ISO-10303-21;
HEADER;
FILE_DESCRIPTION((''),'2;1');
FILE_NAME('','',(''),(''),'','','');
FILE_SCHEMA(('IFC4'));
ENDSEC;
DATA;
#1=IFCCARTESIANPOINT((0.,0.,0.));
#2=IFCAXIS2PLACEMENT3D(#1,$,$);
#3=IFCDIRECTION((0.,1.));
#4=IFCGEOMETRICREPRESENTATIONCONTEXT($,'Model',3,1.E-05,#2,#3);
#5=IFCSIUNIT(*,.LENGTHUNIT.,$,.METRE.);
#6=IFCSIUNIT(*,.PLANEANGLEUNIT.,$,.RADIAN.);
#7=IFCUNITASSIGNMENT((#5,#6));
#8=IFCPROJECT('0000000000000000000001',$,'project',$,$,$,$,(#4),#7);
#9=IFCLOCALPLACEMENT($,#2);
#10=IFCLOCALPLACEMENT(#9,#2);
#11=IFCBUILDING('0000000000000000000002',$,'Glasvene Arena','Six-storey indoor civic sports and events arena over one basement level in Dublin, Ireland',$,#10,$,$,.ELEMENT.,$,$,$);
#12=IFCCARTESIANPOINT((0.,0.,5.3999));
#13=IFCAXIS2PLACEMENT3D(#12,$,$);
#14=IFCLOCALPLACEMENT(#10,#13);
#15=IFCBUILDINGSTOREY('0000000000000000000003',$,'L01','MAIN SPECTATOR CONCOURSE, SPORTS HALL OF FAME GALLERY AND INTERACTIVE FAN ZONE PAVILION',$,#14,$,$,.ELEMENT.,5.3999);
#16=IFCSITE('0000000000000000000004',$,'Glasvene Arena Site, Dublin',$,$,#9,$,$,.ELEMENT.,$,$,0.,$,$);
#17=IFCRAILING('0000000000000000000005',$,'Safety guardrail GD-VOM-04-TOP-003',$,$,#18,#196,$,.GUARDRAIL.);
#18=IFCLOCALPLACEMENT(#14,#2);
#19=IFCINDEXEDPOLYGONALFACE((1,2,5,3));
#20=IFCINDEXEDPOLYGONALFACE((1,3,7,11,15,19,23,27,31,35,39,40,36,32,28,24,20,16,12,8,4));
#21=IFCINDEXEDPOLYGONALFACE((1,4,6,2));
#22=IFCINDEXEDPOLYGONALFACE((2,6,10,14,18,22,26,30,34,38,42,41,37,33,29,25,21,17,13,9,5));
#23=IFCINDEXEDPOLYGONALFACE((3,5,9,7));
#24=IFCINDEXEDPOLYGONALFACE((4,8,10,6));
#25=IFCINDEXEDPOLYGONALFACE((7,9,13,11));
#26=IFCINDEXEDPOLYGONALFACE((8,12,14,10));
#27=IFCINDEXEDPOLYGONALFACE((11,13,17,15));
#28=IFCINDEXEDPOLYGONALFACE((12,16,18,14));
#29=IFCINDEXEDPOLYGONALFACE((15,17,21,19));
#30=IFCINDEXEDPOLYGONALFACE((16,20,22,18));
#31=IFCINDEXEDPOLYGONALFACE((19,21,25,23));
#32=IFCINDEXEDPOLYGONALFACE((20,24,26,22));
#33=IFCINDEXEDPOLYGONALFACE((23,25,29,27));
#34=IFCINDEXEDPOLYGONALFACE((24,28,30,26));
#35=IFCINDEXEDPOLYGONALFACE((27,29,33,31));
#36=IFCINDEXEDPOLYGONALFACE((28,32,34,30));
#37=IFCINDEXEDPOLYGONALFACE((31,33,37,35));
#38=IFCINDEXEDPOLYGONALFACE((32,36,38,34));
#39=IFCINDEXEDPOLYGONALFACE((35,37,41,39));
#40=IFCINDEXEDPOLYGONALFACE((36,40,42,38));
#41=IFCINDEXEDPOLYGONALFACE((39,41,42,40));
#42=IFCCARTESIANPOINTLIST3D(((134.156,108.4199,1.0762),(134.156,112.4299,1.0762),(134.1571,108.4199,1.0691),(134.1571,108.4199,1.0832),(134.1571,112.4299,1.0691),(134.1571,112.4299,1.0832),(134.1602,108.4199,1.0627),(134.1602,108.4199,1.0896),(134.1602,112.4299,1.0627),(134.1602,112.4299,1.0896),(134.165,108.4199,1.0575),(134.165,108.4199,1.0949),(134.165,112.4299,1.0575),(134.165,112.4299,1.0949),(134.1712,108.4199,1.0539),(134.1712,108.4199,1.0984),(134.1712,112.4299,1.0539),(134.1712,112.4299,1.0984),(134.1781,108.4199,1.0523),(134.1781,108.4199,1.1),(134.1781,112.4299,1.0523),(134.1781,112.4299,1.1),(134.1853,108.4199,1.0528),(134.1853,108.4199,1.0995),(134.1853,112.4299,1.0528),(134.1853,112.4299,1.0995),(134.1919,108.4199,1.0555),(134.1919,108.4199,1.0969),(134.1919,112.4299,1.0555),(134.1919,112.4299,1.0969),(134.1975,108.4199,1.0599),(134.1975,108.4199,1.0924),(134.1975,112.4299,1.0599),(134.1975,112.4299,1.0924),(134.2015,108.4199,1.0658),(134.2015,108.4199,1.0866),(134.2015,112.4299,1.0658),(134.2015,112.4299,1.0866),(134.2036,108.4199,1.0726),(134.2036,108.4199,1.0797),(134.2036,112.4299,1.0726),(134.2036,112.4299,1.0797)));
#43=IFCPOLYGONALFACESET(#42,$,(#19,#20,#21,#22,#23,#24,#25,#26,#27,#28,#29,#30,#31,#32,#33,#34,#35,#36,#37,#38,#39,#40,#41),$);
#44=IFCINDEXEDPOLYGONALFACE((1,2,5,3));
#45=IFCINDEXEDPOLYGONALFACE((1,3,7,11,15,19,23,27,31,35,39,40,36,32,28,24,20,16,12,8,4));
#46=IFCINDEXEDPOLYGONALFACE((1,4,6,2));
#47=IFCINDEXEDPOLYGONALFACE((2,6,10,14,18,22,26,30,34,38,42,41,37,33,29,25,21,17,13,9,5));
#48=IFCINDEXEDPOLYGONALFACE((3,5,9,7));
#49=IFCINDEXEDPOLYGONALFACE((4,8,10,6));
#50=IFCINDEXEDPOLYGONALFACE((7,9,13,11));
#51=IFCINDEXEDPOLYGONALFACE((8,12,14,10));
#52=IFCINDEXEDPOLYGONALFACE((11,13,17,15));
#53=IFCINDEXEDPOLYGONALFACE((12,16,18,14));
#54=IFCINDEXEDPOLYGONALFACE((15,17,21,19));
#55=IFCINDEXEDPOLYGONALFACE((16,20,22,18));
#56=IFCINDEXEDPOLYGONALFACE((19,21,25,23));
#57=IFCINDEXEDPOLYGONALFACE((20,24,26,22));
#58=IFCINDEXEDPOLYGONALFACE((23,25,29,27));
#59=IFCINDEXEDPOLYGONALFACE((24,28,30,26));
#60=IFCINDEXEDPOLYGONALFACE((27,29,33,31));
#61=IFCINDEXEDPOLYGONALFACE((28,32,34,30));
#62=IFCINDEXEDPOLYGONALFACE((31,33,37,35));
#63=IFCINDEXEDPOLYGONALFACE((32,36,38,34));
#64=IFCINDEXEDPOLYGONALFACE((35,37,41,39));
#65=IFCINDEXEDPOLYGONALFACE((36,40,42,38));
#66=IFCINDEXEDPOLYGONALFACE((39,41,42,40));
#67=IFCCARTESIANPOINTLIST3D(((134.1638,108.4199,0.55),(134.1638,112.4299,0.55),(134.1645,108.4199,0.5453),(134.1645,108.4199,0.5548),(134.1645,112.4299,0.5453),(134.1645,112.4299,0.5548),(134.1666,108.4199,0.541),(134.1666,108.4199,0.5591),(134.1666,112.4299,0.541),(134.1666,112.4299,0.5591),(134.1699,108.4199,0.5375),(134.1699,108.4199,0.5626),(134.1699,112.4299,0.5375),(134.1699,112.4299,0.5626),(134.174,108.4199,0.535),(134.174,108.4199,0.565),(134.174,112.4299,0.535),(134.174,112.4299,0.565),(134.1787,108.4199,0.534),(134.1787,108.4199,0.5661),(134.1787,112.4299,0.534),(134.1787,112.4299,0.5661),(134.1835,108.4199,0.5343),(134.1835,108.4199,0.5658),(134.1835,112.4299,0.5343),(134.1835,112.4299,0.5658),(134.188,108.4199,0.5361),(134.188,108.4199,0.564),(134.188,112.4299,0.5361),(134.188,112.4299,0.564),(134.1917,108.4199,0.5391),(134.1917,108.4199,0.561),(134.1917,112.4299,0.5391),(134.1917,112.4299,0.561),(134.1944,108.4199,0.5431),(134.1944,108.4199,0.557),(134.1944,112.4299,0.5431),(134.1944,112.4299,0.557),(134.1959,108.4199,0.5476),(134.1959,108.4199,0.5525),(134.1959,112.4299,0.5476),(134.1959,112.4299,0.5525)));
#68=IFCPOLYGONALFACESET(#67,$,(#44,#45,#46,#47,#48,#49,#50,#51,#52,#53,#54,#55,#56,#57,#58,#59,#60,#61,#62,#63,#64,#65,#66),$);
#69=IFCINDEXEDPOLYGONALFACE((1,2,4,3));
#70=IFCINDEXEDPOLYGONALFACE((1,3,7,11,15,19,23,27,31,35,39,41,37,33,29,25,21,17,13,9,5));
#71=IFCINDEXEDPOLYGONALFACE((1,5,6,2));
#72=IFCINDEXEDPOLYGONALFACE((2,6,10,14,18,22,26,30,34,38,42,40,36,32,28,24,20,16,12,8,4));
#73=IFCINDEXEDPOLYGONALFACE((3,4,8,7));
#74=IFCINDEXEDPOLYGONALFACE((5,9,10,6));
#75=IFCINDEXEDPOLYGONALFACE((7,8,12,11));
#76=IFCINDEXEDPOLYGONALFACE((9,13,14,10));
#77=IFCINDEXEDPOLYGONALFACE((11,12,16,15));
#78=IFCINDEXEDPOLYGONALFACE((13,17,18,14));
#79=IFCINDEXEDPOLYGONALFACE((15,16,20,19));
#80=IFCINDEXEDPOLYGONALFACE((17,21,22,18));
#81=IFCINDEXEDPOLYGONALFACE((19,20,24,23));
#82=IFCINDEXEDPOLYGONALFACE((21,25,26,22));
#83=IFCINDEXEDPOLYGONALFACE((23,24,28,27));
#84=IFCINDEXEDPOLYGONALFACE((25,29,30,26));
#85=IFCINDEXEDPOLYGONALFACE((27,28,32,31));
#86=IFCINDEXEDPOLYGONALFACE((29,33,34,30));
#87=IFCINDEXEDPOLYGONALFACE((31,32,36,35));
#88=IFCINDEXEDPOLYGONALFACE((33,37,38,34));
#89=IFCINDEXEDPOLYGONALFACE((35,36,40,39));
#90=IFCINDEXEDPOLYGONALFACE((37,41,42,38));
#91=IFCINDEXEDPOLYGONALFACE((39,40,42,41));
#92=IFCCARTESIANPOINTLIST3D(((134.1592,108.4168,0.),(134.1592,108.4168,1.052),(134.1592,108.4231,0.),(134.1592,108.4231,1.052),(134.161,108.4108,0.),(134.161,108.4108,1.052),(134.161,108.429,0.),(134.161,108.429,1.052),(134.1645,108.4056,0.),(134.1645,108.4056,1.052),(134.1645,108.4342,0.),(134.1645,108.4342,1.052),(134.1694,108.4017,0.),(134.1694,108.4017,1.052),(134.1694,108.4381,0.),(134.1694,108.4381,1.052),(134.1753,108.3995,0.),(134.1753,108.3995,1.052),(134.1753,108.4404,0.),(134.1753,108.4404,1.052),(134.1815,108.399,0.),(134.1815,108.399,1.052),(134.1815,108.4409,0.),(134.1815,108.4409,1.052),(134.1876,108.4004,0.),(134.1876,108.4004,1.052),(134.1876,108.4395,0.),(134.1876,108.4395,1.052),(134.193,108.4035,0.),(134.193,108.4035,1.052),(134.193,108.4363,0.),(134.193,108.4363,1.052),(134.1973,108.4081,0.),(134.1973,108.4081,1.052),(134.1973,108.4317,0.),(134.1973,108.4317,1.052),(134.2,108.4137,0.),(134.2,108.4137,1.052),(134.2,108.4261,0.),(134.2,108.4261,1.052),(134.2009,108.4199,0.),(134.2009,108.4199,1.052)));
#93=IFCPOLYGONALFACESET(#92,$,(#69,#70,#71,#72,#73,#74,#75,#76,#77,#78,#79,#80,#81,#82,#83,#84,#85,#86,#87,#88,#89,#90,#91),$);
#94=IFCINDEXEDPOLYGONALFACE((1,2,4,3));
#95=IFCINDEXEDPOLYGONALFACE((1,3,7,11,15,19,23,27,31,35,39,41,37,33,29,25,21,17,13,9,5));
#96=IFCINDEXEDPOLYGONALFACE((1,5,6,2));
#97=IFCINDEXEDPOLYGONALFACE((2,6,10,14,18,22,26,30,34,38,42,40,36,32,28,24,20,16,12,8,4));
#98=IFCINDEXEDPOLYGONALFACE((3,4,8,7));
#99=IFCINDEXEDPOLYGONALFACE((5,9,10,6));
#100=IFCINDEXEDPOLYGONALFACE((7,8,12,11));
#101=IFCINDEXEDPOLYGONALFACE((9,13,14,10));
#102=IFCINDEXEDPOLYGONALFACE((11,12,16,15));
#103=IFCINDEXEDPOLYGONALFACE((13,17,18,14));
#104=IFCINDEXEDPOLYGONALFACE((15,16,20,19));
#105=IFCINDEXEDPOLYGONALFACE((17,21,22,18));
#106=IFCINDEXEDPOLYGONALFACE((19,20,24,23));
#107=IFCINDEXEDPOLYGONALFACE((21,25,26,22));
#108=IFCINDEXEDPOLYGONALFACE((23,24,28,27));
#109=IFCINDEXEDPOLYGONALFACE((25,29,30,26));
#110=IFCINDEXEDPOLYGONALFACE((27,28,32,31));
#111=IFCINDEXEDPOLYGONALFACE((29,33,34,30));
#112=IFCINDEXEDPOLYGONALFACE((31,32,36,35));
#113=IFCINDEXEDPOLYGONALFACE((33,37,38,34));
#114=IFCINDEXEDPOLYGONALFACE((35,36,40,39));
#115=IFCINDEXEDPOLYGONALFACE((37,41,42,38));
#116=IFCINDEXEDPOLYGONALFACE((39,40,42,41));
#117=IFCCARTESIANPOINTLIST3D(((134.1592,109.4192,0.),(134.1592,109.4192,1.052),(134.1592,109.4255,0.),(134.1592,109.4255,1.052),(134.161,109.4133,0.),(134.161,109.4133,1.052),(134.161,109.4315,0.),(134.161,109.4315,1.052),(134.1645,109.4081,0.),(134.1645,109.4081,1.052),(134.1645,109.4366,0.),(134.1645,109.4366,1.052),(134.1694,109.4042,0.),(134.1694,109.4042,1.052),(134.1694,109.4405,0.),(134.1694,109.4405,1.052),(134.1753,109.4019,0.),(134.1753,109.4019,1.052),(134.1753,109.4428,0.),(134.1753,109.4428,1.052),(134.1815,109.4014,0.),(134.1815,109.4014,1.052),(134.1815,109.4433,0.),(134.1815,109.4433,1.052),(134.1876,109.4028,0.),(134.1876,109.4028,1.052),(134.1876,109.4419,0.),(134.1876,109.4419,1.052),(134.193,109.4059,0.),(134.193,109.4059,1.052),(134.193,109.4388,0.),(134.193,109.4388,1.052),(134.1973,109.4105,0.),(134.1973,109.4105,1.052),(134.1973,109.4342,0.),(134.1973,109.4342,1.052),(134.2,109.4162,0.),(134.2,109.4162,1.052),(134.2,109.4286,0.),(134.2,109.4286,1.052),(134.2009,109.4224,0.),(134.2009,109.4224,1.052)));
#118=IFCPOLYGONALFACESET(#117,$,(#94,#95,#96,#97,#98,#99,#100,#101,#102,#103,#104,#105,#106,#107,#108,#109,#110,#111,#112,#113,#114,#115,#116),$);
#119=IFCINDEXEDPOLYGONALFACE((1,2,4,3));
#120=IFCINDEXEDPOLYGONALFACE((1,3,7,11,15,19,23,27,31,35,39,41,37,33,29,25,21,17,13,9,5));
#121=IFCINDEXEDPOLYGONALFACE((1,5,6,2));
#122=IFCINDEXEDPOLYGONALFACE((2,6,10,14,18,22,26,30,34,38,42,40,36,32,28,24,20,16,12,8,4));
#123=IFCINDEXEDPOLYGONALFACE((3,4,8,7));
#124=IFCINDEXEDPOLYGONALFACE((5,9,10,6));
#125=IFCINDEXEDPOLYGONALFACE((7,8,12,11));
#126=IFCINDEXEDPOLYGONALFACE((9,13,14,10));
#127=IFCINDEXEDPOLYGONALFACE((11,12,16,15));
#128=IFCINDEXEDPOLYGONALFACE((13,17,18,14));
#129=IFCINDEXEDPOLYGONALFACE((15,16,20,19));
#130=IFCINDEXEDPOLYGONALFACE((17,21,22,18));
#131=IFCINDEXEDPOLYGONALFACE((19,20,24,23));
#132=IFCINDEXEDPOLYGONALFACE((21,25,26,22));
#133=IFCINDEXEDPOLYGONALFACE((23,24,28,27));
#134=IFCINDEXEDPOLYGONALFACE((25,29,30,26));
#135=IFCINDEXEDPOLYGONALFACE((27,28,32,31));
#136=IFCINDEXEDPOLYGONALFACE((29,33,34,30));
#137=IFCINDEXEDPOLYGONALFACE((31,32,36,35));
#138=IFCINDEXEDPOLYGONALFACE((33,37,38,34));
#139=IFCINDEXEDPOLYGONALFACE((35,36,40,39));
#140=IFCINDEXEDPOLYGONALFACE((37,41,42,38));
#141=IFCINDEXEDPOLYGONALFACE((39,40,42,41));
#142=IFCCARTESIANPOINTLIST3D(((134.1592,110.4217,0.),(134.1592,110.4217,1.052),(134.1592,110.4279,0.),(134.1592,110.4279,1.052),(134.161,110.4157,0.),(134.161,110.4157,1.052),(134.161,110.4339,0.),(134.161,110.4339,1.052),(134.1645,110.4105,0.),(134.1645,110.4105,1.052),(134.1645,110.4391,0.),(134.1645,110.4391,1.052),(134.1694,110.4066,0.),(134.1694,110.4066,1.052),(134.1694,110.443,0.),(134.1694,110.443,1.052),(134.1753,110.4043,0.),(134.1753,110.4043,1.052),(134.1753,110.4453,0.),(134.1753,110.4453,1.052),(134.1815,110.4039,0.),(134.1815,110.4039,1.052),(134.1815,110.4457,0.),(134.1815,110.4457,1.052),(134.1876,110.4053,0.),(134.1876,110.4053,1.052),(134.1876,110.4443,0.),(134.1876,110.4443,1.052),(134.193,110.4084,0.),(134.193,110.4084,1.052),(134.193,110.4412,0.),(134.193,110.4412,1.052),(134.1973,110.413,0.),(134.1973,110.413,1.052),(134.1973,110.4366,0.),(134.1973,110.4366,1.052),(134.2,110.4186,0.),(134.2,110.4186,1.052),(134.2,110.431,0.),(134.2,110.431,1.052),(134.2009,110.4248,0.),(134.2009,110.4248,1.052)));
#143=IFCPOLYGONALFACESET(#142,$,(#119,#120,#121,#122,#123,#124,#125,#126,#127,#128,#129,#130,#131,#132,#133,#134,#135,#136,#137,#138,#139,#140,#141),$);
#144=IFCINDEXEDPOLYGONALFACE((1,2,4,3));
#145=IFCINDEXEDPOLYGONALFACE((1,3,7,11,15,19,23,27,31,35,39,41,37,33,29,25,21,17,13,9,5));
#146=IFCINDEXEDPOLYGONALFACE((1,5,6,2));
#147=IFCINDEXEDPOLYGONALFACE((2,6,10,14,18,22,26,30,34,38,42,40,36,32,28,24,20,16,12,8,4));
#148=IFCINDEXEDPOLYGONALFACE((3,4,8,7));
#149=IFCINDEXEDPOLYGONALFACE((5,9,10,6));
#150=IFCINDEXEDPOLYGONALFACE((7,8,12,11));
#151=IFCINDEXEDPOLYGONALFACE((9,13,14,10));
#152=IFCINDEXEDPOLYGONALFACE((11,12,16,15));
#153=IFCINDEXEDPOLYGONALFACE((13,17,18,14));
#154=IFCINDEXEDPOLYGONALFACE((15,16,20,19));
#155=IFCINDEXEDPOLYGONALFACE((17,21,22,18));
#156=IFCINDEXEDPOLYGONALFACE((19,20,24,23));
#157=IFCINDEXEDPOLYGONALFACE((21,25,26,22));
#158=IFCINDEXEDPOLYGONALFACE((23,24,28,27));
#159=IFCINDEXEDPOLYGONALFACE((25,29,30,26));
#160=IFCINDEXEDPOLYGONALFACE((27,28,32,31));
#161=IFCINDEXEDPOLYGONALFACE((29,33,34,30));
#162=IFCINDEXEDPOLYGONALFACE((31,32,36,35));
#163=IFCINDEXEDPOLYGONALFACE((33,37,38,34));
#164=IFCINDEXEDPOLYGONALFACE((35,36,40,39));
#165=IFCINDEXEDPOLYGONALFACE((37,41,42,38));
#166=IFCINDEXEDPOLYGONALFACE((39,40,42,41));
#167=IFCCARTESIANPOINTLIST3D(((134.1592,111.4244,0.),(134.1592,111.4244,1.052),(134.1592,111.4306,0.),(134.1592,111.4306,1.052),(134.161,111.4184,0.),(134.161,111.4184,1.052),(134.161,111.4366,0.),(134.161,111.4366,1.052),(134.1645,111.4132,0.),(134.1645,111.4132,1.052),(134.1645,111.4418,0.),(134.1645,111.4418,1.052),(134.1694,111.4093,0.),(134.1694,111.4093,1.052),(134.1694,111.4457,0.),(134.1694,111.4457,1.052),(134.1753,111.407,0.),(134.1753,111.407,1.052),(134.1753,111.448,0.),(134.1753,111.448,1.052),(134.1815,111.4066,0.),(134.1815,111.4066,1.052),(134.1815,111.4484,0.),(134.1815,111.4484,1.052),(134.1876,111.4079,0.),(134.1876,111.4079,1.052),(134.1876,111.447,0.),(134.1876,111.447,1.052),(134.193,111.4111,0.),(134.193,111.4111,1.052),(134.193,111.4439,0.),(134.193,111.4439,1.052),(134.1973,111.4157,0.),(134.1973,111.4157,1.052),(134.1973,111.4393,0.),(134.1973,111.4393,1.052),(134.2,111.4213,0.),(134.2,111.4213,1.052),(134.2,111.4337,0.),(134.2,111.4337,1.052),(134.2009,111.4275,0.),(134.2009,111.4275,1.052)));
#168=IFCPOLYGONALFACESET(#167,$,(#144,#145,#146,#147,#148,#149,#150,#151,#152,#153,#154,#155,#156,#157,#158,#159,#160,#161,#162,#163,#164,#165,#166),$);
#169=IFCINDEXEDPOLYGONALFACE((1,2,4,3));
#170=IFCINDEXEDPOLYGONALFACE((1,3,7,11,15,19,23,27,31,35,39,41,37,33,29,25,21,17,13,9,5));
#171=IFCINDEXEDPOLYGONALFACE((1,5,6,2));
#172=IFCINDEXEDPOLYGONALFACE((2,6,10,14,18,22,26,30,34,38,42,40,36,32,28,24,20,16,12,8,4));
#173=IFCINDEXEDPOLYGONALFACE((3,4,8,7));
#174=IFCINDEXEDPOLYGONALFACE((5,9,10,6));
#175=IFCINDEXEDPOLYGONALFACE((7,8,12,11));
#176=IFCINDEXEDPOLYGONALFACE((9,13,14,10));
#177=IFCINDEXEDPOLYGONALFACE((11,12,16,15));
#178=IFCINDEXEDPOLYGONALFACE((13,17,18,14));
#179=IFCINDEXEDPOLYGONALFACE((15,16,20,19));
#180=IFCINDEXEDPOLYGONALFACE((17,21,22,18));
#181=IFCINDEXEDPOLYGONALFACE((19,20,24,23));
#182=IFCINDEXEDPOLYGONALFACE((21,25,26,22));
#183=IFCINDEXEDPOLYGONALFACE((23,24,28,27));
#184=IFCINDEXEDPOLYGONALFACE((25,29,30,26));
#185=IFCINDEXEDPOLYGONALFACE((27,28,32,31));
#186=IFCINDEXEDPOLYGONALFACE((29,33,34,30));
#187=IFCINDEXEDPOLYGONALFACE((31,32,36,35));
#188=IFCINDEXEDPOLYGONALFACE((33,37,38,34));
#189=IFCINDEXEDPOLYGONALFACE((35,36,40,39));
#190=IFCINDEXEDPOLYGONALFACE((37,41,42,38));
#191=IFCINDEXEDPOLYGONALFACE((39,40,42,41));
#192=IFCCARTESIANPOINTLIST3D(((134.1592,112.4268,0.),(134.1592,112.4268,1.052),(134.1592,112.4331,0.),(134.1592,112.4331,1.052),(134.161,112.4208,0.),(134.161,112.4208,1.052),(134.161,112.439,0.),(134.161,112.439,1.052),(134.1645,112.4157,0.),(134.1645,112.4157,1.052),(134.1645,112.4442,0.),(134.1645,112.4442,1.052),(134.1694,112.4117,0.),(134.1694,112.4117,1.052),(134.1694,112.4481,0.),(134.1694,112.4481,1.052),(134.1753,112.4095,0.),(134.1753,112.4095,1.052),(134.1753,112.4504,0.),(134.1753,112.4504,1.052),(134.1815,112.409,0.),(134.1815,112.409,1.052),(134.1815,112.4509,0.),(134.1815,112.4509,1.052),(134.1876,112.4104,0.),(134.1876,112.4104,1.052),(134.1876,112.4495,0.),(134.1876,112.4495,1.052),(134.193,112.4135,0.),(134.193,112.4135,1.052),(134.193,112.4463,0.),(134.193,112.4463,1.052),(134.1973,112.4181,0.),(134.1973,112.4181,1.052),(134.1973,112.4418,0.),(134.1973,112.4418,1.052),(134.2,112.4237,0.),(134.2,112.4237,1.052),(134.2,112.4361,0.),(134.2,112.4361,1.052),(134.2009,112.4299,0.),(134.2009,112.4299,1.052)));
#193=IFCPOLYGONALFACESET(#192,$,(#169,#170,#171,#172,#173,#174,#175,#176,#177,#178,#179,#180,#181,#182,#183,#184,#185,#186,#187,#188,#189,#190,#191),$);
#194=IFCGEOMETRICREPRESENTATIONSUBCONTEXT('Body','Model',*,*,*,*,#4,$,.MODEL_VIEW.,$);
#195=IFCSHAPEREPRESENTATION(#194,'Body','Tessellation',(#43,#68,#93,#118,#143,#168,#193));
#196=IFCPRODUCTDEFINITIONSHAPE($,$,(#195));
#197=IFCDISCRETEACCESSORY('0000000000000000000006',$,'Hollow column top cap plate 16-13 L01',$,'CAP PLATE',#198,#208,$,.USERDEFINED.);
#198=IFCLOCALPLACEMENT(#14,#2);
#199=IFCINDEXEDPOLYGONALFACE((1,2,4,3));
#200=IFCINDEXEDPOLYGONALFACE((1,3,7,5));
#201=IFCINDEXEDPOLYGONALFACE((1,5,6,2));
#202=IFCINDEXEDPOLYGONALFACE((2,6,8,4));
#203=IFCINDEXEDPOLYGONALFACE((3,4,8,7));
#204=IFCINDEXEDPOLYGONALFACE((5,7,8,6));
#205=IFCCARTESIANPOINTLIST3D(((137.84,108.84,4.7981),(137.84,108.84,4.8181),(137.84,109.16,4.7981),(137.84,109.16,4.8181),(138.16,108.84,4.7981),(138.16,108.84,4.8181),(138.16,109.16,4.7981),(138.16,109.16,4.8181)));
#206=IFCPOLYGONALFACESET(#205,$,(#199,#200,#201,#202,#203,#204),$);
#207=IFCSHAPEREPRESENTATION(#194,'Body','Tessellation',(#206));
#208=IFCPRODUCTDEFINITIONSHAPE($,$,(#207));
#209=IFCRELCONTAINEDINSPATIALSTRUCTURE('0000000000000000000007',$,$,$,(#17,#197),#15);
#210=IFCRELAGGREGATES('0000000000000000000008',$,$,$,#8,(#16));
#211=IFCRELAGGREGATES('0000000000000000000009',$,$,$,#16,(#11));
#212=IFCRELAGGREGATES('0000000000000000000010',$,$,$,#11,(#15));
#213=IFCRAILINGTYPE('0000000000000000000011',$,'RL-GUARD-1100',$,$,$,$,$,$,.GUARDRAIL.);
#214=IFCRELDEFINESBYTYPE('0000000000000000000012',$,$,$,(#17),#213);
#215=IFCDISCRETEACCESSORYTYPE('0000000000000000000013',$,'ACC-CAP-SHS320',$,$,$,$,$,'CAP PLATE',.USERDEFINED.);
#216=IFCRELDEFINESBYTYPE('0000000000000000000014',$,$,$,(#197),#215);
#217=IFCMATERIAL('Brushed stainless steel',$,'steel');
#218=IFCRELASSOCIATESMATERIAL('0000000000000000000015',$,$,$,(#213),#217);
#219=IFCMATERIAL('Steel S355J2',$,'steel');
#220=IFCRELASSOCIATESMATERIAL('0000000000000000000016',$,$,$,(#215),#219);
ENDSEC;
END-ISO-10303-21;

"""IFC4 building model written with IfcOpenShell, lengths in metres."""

from ifc_helpers import new_model, si_unit, direction, frame, origin, origin_2d, place, context, subcontext, project, spatial, rectangle, circle, extrude, material, type_object, element, save


model = new_model("IFC4")

# Units and contexts
model_context = context("Model", 3, precision=1e-05, world=origin(), true_north=direction((0.0, 1.0)))
body_context = subcontext(model_context, "Body", "Model", "MODEL_VIEW")
ifc_project = project(units=[si_unit("LENGTHUNIT", "METRE"), si_unit("PLANEANGLEUNIT", "RADIAN")], contexts=[model_context])

# Site, building, storey
site_placement = place(None, origin())
site = spatial("IfcSite", under=ifc_project, at=site_placement, Name="Glasvene Arena Site, Dublin", CompositionType="ELEMENT", RefElevation=0.0)
building_placement = place(site_placement, origin())
building = spatial("IfcBuilding", under=site, at=building_placement, Name="Glasvene Arena", Description="Six-storey indoor civic sports and events arena over one basement level in Dublin, Ireland", CompositionType="ELEMENT")
storey_placement = place(building_placement, frame((0.0, 0.0, 5.3999)))
storey = spatial("IfcBuildingStorey", under=building, at=storey_placement, Name="L01", Description="MAIN SPECTATOR CONCOURSE, SPORTS HALL OF FAME GALLERY AND INTERACTIVE FAN ZONE PAVILION", CompositionType="ELEMENT", Elevation=5.3999)

# Shared definitions
ifc_material_1 = material(Name="Steel S355J2", Category="steel")

# Railing
ifc_material_2 = material(Name="Brushed stainless steel", Category="steel")
railing_type = type_object("IfcRailingType", Name="RL-GUARD-1100", PredefinedType="GUARDRAIL", material=ifc_material_2)
railing_1_placement = place(storey_placement, frame((134.1799, 108.4199, 0.0)))
element("IfcRailing", 1, at=railing_1_placement, inside=storey, type_object=railing_type, Name="Safety guardrail GD-VOM-04-TOP-003", PredefinedType="GUARDRAIL", context=body_context, shape_type="SweptSolid", body=[
    extrude(circle(Radius=0.0239, at=origin_2d()), frame((0.0, 0.0, 1.0762), z_axis=(0.0, 1.0, 0.0), x_axis=(-1.0, 0.0, 0.0)), (0.0, 0.0, 1.0), 4.01),
    extrude(circle(Radius=0.0161, at=origin_2d()), frame((0.0, 0.0, 0.55), z_axis=(0.0, 1.0, 0.0), x_axis=(-1.0, 0.0, 0.0)), (0.0, 0.0, 1.0), 4.01),
    extrude(circle(Radius=0.021, at=origin_2d()), origin(), (0.0, 0.0, 1.0), 1.052),
    extrude(circle(Radius=0.021, at=origin_2d()), frame((0.0, 1.0024, 0.0)), (0.0, 0.0, 1.0), 1.052),
    extrude(circle(Radius=0.021, at=origin_2d()), frame((0.0, 2.0049, 0.0)), (0.0, 0.0, 1.0), 1.052),
    extrude(circle(Radius=0.021, at=origin_2d()), frame((0.0, 3.0076, 0.0)), (0.0, 0.0, 1.0), 1.052),
    extrude(circle(Radius=0.021, at=origin_2d()), frame((0.0, 4.01, 0.0)), (0.0, 0.0, 1.0), 1.052),
])

# Discrete accessory
discrete_accessory_type = type_object("IfcDiscreteAccessoryType", Name="ACC-CAP-SHS320", ElementType="CAP PLATE", PredefinedType="USERDEFINED", material=ifc_material_1)
discrete_accessory_placement = place(storey_placement, frame((138.0, 109.0, 4.7981), z_axis=(0.0, 0.0, 1.0), x_axis=(1.0, 0.0, 0.0)))
element("IfcDiscreteAccessory", 2, at=discrete_accessory_placement, inside=storey, type_object=discrete_accessory_type, Name="Hollow column top cap plate 16-13 L01", ObjectType="CAP PLATE", PredefinedType="USERDEFINED", context=body_context, shape_type="SweptSolid", body=[
    extrude(rectangle(XDim=0.3201, YDim=0.3201, at=origin_2d()), origin(), (0.0, 0.0, 1.0), 0.02),
])

save(model, "model.ifc")
